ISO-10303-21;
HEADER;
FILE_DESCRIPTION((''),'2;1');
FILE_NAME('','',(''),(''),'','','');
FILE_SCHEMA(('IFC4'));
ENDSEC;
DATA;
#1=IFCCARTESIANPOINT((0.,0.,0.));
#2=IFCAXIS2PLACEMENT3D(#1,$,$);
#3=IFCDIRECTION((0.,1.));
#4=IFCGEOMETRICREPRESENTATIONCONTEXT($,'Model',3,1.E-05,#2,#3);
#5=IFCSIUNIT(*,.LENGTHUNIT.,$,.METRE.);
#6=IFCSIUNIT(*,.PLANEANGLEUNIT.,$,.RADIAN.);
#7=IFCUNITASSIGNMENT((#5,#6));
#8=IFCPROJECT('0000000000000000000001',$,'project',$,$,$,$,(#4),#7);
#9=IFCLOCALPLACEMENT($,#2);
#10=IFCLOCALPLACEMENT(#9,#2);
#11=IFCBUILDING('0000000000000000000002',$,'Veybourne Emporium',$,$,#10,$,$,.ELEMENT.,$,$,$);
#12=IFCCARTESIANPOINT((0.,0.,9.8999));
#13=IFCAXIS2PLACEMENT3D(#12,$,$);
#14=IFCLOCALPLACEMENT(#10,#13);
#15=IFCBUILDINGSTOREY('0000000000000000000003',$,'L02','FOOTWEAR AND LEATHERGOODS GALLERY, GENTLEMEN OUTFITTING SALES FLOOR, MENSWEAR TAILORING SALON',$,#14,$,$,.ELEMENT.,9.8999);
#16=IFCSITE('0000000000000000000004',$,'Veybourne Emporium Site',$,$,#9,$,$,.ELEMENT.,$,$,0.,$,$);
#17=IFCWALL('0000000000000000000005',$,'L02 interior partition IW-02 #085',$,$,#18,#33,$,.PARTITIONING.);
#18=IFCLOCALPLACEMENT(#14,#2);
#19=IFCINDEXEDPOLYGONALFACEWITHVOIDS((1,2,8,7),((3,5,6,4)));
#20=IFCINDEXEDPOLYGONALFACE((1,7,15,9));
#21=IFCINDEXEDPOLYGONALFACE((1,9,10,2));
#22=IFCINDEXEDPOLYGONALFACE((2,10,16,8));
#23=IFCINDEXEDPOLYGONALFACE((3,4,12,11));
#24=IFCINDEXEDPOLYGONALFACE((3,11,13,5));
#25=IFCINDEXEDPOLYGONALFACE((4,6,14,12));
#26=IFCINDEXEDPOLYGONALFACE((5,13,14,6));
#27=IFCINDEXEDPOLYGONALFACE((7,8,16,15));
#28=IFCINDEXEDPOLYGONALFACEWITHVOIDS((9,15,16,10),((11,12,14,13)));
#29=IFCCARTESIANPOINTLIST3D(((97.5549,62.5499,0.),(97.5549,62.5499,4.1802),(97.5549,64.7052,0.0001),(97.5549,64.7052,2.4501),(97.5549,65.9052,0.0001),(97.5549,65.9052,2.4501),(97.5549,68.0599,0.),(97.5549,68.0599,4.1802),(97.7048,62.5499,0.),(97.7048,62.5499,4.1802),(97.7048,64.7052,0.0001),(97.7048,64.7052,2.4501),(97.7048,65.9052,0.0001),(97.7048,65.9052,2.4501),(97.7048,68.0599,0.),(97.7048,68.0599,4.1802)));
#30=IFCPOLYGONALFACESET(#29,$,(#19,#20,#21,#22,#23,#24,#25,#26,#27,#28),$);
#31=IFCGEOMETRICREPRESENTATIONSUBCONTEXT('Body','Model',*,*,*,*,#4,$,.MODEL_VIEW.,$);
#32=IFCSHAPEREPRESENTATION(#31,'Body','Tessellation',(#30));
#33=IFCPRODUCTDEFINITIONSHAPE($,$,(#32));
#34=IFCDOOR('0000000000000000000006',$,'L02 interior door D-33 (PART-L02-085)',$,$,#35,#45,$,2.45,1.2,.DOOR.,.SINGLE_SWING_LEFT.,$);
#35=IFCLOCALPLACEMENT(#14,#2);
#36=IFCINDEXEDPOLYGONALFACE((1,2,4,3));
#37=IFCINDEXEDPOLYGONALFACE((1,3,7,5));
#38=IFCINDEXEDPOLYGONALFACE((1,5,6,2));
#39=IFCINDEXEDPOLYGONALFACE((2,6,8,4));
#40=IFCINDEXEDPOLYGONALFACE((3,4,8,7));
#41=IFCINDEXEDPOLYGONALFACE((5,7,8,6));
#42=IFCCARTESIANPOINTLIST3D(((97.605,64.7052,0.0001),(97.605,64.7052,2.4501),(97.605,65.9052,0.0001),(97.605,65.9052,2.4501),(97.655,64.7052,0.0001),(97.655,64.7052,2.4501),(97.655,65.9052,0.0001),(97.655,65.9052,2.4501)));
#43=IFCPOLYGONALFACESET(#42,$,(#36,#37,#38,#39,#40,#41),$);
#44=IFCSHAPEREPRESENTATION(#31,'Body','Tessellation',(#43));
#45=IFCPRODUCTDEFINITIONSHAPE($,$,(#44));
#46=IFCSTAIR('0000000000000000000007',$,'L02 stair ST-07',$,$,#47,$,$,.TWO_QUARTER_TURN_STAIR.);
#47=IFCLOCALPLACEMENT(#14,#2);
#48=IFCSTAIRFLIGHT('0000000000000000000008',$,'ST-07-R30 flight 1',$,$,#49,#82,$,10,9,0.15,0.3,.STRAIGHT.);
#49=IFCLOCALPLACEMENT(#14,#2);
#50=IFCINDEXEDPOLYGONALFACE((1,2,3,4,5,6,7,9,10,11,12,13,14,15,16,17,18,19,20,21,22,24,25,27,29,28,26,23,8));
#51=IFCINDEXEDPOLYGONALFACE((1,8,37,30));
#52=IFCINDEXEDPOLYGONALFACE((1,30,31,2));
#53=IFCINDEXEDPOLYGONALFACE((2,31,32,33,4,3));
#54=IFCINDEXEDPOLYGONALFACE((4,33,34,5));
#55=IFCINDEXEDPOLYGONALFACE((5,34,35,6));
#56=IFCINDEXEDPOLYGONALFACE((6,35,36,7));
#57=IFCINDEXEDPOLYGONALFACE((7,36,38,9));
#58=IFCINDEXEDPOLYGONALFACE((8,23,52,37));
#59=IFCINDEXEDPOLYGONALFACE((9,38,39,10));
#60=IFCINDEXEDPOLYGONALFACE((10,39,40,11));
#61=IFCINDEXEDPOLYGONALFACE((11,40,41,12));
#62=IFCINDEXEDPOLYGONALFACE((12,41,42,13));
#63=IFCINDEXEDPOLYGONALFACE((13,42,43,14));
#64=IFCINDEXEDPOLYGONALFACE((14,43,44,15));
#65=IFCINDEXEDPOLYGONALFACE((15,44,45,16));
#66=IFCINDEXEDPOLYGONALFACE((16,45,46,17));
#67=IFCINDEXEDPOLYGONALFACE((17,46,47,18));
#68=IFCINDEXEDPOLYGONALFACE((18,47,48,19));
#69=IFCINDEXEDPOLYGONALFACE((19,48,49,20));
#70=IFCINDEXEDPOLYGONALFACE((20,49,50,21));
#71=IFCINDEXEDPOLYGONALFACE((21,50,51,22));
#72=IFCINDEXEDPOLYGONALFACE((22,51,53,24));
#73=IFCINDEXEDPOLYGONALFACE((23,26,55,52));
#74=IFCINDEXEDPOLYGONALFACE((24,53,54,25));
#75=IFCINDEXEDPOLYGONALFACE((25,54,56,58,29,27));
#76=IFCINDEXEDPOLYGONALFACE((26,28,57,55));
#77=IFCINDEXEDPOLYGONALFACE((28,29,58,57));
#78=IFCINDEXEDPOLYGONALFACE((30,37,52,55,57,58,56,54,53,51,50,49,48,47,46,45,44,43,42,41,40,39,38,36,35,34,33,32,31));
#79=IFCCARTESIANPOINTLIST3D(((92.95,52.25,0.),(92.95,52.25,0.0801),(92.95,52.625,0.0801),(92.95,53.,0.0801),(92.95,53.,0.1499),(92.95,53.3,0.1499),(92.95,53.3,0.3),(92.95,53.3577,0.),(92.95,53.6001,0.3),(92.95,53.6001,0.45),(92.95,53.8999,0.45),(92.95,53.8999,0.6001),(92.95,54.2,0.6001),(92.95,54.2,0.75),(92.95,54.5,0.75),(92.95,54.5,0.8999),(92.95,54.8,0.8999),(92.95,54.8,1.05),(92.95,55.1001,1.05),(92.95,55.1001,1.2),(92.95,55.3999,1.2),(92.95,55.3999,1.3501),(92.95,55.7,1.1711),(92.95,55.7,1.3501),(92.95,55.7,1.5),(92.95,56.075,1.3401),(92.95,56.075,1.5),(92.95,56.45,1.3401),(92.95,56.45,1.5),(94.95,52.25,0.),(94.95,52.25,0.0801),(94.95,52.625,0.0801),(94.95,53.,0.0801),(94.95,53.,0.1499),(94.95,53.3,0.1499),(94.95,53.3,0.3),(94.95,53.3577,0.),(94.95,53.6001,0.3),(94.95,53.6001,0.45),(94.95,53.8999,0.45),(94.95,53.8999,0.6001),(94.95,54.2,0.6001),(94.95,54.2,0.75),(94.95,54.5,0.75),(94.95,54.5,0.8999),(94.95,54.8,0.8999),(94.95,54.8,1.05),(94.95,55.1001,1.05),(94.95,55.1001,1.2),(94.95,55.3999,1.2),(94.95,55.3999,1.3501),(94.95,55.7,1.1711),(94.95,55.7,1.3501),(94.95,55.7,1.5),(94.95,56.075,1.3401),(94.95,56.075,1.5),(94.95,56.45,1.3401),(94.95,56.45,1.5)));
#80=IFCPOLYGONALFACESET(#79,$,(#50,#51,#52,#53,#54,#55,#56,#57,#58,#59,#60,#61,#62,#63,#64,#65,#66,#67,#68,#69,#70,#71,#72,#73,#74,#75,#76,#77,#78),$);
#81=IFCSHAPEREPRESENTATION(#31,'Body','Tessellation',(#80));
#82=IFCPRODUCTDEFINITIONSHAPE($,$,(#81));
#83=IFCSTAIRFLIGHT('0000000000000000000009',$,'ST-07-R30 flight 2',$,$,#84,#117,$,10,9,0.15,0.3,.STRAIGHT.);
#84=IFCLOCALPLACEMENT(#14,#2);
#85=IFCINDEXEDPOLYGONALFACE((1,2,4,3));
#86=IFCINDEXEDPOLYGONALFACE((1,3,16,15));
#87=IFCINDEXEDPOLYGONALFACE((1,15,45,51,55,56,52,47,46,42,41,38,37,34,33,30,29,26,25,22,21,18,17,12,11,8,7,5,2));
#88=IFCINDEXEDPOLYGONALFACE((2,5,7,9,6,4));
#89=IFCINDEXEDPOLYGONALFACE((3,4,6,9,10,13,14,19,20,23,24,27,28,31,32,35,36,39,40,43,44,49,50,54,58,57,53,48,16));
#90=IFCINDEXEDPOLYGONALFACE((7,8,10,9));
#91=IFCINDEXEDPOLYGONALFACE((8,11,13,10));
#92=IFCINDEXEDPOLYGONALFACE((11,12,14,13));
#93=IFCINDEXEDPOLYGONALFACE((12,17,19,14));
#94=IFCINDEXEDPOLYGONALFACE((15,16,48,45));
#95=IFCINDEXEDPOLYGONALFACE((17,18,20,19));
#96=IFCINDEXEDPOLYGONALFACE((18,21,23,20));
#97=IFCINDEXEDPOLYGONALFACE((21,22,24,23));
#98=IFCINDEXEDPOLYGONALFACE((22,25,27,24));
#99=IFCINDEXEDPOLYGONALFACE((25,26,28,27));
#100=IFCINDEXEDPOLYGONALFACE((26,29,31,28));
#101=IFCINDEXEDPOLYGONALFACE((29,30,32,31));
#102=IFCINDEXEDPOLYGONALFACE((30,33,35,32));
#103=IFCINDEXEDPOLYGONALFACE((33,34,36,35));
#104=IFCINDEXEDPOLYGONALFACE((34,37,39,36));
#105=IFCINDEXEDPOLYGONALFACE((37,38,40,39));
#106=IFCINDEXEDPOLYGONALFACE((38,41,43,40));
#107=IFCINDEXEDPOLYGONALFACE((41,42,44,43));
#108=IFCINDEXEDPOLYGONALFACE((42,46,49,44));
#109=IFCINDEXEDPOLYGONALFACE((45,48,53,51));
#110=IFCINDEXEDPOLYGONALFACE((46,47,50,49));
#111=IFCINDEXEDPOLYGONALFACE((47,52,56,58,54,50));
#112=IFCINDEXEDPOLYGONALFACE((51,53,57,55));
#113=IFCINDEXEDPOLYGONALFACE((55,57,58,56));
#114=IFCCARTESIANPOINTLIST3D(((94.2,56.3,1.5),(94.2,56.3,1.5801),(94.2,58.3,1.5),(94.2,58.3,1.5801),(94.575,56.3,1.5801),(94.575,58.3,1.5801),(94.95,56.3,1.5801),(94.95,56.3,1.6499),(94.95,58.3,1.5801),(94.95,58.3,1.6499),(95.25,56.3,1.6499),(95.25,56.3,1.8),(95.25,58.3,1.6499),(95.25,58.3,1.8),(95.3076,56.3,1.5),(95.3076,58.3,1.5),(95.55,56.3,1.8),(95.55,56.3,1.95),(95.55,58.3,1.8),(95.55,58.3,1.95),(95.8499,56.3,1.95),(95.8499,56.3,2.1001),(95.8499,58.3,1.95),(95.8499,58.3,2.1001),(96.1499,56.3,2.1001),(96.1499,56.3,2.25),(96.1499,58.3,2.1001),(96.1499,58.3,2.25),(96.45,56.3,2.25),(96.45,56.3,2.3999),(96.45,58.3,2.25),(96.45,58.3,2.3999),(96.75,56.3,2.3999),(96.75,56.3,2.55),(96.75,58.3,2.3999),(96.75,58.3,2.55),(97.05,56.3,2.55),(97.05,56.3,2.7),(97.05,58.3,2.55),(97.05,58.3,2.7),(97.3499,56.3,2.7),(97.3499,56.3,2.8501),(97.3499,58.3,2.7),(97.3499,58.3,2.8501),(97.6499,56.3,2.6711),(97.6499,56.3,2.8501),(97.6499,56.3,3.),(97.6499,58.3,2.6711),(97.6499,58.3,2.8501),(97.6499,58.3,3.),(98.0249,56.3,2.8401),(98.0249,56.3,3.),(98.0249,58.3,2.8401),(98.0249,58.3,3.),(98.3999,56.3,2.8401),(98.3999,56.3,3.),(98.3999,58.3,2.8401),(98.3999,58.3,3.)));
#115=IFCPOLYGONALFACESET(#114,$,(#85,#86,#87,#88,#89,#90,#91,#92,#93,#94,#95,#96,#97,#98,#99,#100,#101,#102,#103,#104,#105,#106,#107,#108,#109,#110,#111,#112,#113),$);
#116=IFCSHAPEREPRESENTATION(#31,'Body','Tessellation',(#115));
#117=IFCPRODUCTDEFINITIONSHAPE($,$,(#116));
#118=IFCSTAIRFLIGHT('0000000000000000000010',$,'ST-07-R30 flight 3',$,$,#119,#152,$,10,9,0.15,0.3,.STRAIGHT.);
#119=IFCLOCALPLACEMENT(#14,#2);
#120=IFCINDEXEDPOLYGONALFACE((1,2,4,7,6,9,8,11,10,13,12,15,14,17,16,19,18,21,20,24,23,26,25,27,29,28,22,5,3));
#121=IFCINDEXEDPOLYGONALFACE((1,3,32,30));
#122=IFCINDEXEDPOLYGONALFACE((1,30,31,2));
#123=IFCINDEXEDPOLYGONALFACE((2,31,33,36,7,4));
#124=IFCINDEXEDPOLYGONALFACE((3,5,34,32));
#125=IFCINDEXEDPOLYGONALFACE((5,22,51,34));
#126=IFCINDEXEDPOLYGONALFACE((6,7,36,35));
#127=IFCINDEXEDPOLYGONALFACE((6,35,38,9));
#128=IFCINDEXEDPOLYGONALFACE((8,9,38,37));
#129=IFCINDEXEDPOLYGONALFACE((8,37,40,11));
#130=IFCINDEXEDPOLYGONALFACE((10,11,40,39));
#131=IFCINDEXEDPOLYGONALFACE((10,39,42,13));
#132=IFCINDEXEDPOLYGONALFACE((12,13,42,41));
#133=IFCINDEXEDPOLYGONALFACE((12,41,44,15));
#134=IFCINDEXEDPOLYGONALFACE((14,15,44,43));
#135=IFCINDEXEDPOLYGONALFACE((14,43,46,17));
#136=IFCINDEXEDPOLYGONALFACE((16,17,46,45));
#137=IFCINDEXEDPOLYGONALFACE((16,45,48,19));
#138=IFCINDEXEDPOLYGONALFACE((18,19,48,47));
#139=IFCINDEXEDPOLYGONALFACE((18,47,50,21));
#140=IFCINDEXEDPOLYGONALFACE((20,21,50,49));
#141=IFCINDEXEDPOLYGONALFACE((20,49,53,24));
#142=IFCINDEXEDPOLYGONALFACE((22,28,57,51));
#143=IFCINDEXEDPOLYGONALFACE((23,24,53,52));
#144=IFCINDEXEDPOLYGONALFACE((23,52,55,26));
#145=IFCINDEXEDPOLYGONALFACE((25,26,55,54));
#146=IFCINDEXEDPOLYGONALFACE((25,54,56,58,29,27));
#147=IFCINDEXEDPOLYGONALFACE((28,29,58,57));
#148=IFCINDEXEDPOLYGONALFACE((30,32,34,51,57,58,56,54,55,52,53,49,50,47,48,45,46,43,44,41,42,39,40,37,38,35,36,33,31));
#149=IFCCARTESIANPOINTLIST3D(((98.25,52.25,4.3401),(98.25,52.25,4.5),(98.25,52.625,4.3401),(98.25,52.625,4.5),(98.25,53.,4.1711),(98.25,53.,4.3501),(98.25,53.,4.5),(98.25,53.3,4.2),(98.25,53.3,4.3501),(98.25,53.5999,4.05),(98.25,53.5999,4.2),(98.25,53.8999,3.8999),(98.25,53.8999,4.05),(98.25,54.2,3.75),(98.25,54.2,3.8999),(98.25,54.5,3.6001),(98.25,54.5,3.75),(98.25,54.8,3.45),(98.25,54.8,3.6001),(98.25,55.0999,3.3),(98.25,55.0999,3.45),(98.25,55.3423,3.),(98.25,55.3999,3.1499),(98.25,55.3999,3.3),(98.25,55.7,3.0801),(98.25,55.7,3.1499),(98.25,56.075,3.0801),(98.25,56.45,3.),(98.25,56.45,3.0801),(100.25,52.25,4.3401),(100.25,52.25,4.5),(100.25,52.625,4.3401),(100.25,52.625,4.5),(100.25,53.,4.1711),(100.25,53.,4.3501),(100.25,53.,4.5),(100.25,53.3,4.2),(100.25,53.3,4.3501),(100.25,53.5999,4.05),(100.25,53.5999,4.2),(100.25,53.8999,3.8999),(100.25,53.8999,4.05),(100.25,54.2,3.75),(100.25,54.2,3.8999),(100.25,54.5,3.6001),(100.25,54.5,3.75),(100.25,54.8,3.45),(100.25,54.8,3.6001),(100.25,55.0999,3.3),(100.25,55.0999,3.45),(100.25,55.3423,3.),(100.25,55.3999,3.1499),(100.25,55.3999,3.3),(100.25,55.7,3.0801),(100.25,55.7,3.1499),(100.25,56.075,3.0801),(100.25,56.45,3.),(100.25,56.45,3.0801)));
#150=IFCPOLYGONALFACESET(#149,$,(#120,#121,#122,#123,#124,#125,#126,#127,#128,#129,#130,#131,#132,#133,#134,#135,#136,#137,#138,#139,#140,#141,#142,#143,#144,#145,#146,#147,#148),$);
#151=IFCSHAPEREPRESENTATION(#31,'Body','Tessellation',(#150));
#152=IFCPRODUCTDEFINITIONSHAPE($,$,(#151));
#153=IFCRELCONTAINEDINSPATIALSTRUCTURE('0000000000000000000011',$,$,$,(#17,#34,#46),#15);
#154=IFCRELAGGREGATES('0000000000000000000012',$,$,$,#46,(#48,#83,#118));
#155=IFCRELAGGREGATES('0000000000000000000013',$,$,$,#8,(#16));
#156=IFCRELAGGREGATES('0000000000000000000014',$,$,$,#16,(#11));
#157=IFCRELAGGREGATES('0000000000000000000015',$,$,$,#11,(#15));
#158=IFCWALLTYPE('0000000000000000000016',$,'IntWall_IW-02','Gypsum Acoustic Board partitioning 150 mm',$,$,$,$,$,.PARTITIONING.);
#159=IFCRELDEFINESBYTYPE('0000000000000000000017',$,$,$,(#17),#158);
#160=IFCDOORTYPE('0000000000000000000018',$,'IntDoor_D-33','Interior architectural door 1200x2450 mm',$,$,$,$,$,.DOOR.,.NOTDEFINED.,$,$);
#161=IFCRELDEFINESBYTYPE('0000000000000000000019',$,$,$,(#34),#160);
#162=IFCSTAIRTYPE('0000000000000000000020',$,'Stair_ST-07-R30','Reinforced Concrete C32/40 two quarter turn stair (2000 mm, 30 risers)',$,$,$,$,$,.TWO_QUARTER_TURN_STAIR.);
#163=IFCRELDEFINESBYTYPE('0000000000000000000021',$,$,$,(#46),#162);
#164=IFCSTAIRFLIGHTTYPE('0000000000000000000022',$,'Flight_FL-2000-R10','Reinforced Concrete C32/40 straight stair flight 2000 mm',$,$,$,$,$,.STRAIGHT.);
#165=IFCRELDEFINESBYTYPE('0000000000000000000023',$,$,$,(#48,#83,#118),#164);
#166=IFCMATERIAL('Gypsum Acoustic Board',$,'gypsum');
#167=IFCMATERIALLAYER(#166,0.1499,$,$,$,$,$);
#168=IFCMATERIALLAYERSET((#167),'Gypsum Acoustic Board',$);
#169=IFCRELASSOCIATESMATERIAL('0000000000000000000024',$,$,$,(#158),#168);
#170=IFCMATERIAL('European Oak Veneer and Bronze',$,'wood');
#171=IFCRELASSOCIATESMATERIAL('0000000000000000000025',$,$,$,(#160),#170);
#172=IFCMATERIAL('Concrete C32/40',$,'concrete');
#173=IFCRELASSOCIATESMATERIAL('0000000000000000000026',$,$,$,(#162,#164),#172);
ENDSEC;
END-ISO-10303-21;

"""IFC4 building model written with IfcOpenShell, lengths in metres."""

from ifc_helpers import new_model, si_unit, direction, frame, frame_2d, origin, place, context, subcontext, project, spatial, polyline, rectangle, outline, extrude, material, layer, layer_set, type_object, element, fill, aggregate, save


model = new_model("IFC4")

# Units and contexts
model_context = context("Model", 3, precision=1e-05, world=origin(), true_north=direction((0.0, 1.0)))
body_context = subcontext(model_context, "Body", "Model", "MODEL_VIEW")
ifc_project = project(units=[si_unit("LENGTHUNIT", "METRE"), si_unit("PLANEANGLEUNIT", "RADIAN")], contexts=[model_context])

# Site, building, storey
site_placement = place(None, origin())
site = spatial("IfcSite", under=ifc_project, at=site_placement, Name="Veybourne Emporium Site", CompositionType="ELEMENT", RefElevation=0.0)
building_placement = place(site_placement, origin())
building = spatial("IfcBuilding", under=site, at=building_placement, Name="Veybourne Emporium", CompositionType="ELEMENT")
storey_placement = place(building_placement, frame((0.0, 0.0, 9.8999)))
storey = spatial("IfcBuildingStorey", under=building, at=storey_placement, Name="L02", Description="FOOTWEAR AND LEATHERGOODS GALLERY, GENTLEMEN OUTFITTING SALES FLOOR, MENSWEAR TAILORING SALON", CompositionType="ELEMENT", Elevation=9.8999)

# Shared definitions
ifc_material_1 = material(Name="Concrete C32/40", Category="concrete")

# Wall, opening, door
ifc_material_2 = material(Name="Gypsum Acoustic Board", Category="gypsum")
ifc_layer_1 = layer(ifc_material_2, 0.1499)
ifc_layer_set_1 = layer_set([ifc_layer_1], Name="Gypsum Acoustic Board")
wall_type_1 = type_object("IfcWallType", Name="IntWall_IW-02", Description="Gypsum Acoustic Board partitioning 150 mm", PredefinedType="PARTITIONING", material=ifc_layer_set_1)
wall_1_placement = place(storey_placement, frame((97.6299, 62.55, 0.0), z_axis=(0.0, 0.0, 1.0), x_axis=(0.0, 1.0, 0.0)))
wall_1 = element("IfcWall", 1, at=wall_1_placement, inside=storey, type_object=wall_type_1, Name="L02 interior partition IW-02 #085", PredefinedType="PARTITIONING", context=body_context, shape_type="SweptSolid", body=[
    extrude(rectangle(XDim=5.51, YDim=0.1499, at=frame_2d((2.7549, 0.0))), origin(), (0.0, 0.0, 1.0), 4.1802),
])
opening_1_placement = place(wall_1_placement, frame((2.155, 0.0, 0.0)))
opening_1 = element("IfcOpeningElement", 2, at=opening_1_placement, cuts=wall_1, PredefinedType="OPENING", context=body_context, shape_type="SweptSolid", body=[
    extrude(rectangle(XDim=1.2, YDim=2.45, at=frame_2d((0.6001, 1.2251))), frame((0.0, 0.095, 0.0), z_axis=(0.0, -1.0, 0.0), x_axis=(1.0, 0.0, 0.0)), (0.0, 0.0, 1.0), 0.1899),
])
ifc_material_3 = material(Name="European Oak Veneer and Bronze", Category="wood")
door_type_1 = type_object("IfcDoorType", Name="IntDoor_D-33", Description="Interior architectural door 1200x2450 mm", OperationType="NOTDEFINED", PredefinedType="DOOR", material=ifc_material_3)
door_1_placement = place(opening_1_placement, origin())
door_1 = element("IfcDoor", 3, at=door_1_placement, inside=storey, type_object=door_type_1, Name="L02 interior door D-33 (PART-L02-085)", OperationType="SINGLE_SWING_LEFT", OverallHeight=2.45, OverallWidth=1.2, PredefinedType="DOOR", context=body_context, shape_type="SweptSolid", body=[
    extrude(rectangle(XDim=1.2, YDim=2.45, at=frame_2d((0.6001, 1.2251))), frame((0.0, 0.0249, 0.0), z_axis=(0.0, -1.0, 0.0), x_axis=(1.0, 0.0, 0.0)), (0.0, 0.0, 1.0), 0.05),
])
fill(opening_1, door_1)

# Stair, stair flights
stair_type = type_object("IfcStairType", Name="Stair_ST-07-R30", Description="Reinforced Concrete C32/40 two quarter turn stair (2000 mm, 30 risers)", PredefinedType="TWO_QUARTER_TURN_STAIR", material=ifc_material_1)
stair_placement = place(storey_placement, origin())
stair = element("IfcStair", 4, at=stair_placement, inside=storey, type_object=stair_type, Name="L02 stair ST-07", PredefinedType="TWO_QUARTER_TURN_STAIR")
stair_flight_type = type_object("IfcStairFlightType", Name="Flight_FL-2000-R10", Description="Reinforced Concrete C32/40 straight stair flight 2000 mm", PredefinedType="STRAIGHT", material=ifc_material_1)
stair_flight_1_placement = place(storey_placement, frame((93.95, 53.0, 0.0), z_axis=(0.0, 0.0, 1.0), x_axis=(0.0, 1.0, 0.0)))
stair_flight_1 = element("IfcStairFlight", 5, at=stair_flight_1_placement, type_object=stair_flight_type, Name="ST-07-R30 flight 1", NumberOfRisers=10, NumberOfTreads=9, PredefinedType="STRAIGHT", RiserHeight=0.15, TreadLength=0.3, context=body_context, shape_type="SweptSolid", body=[
    extrude(outline(polyline([(-0.75, 0.0), (-0.75, 0.0801), (-0.375, 0.0801), (0.0, 0.0801), (0.0, 0.1499), (0.3, 0.1499), (0.3, 0.3), (0.6001, 0.3), (0.6001, 0.45), (0.8999, 0.45), (0.8999, 0.6001), (1.2, 0.6001), (1.2, 0.75), (1.5, 0.75), (1.5, 0.8999), (1.8, 0.8999), (1.8, 1.05), (2.1001, 1.05), (2.1001, 1.2), (2.3999, 1.2), (2.3999, 1.3501), (2.7, 1.3501), (2.7, 1.5), (3.075, 1.5), (3.45, 1.5), (3.45, 1.3401), (3.075, 1.3401), (2.7, 1.1711), (0.3577, 0.0), (-0.75, 0.0)])), frame((0.0, 1.0, 0.0), z_axis=(0.0, -1.0, 0.0), x_axis=(1.0, 0.0, 0.0)), (0.0, 0.0, 1.0), 2.0),
])
stair_flight_2_placement = place(storey_placement, frame((94.95, 57.3, 1.5), z_axis=(0.0, 0.0, 1.0), x_axis=(1.0, 0.0, 0.0)))
stair_flight_2 = element("IfcStairFlight", 6, at=stair_flight_2_placement, type_object=stair_flight_type, Name="ST-07-R30 flight 2", NumberOfRisers=10, NumberOfTreads=9, PredefinedType="STRAIGHT", RiserHeight=0.15, TreadLength=0.3, context=body_context, shape_type="SweptSolid", body=[
    extrude(outline(polyline([(-0.75, 0.0), (-0.75, 0.0801), (-0.375, 0.0801), (0.0, 0.0801), (0.0, 0.1499), (0.3, 0.1499), (0.3, 0.3), (0.6001, 0.3), (0.6001, 0.45), (0.8999, 0.45), (0.8999, 0.6001), (1.2, 0.6001), (1.2, 0.75), (1.5, 0.75), (1.5, 0.8999), (1.8, 0.8999), (1.8, 1.05), (2.1001, 1.05), (2.1001, 1.2), (2.3999, 1.2), (2.3999, 1.3501), (2.7, 1.3501), (2.7, 1.5), (3.075, 1.5), (3.45, 1.5), (3.45, 1.3401), (3.075, 1.3401), (2.7, 1.1711), (0.3577, 0.0), (-0.75, 0.0)])), frame((0.0, 1.0, 0.0), z_axis=(0.0, -1.0, 0.0), x_axis=(1.0, 0.0, 0.0)), (0.0, 0.0, 1.0), 2.0),
])
stair_flight_3_placement = place(storey_placement, frame((99.25, 55.7, 3.0), z_axis=(0.0, 0.0, 1.0), x_axis=(0.0, -1.0, 0.0)))
stair_flight_3 = element("IfcStairFlight", 7, at=stair_flight_3_placement, type_object=stair_flight_type, Name="ST-07-R30 flight 3", NumberOfRisers=10, NumberOfTreads=9, PredefinedType="STRAIGHT", RiserHeight=0.15, TreadLength=0.3, context=body_context, shape_type="SweptSolid", body=[
    extrude(outline(polyline([(-0.75, 0.0), (-0.75, 0.0801), (-0.375, 0.0801), (0.0, 0.0801), (0.0, 0.1499), (0.3, 0.1499), (0.3, 0.3), (0.6001, 0.3), (0.6001, 0.45), (0.8999, 0.45), (0.8999, 0.6001), (1.2, 0.6001), (1.2, 0.75), (1.5, 0.75), (1.5, 0.8999), (1.8, 0.8999), (1.8, 1.05), (2.1001, 1.05), (2.1001, 1.2), (2.3999, 1.2), (2.3999, 1.3501), (2.7, 1.3501), (2.7, 1.5), (3.075, 1.5), (3.45, 1.5), (3.45, 1.3401), (3.075, 1.3401), (2.7, 1.1711), (0.3577, 0.0), (-0.75, 0.0)])), frame((0.0, 1.0, 0.0), z_axis=(0.0, -1.0, 0.0), x_axis=(1.0, 0.0, 0.0)), (0.0, 0.0, 1.0), 2.0),
])
aggregate(stair, [stair_flight_1, stair_flight_2, stair_flight_3])

save(model, "model.ifc")
